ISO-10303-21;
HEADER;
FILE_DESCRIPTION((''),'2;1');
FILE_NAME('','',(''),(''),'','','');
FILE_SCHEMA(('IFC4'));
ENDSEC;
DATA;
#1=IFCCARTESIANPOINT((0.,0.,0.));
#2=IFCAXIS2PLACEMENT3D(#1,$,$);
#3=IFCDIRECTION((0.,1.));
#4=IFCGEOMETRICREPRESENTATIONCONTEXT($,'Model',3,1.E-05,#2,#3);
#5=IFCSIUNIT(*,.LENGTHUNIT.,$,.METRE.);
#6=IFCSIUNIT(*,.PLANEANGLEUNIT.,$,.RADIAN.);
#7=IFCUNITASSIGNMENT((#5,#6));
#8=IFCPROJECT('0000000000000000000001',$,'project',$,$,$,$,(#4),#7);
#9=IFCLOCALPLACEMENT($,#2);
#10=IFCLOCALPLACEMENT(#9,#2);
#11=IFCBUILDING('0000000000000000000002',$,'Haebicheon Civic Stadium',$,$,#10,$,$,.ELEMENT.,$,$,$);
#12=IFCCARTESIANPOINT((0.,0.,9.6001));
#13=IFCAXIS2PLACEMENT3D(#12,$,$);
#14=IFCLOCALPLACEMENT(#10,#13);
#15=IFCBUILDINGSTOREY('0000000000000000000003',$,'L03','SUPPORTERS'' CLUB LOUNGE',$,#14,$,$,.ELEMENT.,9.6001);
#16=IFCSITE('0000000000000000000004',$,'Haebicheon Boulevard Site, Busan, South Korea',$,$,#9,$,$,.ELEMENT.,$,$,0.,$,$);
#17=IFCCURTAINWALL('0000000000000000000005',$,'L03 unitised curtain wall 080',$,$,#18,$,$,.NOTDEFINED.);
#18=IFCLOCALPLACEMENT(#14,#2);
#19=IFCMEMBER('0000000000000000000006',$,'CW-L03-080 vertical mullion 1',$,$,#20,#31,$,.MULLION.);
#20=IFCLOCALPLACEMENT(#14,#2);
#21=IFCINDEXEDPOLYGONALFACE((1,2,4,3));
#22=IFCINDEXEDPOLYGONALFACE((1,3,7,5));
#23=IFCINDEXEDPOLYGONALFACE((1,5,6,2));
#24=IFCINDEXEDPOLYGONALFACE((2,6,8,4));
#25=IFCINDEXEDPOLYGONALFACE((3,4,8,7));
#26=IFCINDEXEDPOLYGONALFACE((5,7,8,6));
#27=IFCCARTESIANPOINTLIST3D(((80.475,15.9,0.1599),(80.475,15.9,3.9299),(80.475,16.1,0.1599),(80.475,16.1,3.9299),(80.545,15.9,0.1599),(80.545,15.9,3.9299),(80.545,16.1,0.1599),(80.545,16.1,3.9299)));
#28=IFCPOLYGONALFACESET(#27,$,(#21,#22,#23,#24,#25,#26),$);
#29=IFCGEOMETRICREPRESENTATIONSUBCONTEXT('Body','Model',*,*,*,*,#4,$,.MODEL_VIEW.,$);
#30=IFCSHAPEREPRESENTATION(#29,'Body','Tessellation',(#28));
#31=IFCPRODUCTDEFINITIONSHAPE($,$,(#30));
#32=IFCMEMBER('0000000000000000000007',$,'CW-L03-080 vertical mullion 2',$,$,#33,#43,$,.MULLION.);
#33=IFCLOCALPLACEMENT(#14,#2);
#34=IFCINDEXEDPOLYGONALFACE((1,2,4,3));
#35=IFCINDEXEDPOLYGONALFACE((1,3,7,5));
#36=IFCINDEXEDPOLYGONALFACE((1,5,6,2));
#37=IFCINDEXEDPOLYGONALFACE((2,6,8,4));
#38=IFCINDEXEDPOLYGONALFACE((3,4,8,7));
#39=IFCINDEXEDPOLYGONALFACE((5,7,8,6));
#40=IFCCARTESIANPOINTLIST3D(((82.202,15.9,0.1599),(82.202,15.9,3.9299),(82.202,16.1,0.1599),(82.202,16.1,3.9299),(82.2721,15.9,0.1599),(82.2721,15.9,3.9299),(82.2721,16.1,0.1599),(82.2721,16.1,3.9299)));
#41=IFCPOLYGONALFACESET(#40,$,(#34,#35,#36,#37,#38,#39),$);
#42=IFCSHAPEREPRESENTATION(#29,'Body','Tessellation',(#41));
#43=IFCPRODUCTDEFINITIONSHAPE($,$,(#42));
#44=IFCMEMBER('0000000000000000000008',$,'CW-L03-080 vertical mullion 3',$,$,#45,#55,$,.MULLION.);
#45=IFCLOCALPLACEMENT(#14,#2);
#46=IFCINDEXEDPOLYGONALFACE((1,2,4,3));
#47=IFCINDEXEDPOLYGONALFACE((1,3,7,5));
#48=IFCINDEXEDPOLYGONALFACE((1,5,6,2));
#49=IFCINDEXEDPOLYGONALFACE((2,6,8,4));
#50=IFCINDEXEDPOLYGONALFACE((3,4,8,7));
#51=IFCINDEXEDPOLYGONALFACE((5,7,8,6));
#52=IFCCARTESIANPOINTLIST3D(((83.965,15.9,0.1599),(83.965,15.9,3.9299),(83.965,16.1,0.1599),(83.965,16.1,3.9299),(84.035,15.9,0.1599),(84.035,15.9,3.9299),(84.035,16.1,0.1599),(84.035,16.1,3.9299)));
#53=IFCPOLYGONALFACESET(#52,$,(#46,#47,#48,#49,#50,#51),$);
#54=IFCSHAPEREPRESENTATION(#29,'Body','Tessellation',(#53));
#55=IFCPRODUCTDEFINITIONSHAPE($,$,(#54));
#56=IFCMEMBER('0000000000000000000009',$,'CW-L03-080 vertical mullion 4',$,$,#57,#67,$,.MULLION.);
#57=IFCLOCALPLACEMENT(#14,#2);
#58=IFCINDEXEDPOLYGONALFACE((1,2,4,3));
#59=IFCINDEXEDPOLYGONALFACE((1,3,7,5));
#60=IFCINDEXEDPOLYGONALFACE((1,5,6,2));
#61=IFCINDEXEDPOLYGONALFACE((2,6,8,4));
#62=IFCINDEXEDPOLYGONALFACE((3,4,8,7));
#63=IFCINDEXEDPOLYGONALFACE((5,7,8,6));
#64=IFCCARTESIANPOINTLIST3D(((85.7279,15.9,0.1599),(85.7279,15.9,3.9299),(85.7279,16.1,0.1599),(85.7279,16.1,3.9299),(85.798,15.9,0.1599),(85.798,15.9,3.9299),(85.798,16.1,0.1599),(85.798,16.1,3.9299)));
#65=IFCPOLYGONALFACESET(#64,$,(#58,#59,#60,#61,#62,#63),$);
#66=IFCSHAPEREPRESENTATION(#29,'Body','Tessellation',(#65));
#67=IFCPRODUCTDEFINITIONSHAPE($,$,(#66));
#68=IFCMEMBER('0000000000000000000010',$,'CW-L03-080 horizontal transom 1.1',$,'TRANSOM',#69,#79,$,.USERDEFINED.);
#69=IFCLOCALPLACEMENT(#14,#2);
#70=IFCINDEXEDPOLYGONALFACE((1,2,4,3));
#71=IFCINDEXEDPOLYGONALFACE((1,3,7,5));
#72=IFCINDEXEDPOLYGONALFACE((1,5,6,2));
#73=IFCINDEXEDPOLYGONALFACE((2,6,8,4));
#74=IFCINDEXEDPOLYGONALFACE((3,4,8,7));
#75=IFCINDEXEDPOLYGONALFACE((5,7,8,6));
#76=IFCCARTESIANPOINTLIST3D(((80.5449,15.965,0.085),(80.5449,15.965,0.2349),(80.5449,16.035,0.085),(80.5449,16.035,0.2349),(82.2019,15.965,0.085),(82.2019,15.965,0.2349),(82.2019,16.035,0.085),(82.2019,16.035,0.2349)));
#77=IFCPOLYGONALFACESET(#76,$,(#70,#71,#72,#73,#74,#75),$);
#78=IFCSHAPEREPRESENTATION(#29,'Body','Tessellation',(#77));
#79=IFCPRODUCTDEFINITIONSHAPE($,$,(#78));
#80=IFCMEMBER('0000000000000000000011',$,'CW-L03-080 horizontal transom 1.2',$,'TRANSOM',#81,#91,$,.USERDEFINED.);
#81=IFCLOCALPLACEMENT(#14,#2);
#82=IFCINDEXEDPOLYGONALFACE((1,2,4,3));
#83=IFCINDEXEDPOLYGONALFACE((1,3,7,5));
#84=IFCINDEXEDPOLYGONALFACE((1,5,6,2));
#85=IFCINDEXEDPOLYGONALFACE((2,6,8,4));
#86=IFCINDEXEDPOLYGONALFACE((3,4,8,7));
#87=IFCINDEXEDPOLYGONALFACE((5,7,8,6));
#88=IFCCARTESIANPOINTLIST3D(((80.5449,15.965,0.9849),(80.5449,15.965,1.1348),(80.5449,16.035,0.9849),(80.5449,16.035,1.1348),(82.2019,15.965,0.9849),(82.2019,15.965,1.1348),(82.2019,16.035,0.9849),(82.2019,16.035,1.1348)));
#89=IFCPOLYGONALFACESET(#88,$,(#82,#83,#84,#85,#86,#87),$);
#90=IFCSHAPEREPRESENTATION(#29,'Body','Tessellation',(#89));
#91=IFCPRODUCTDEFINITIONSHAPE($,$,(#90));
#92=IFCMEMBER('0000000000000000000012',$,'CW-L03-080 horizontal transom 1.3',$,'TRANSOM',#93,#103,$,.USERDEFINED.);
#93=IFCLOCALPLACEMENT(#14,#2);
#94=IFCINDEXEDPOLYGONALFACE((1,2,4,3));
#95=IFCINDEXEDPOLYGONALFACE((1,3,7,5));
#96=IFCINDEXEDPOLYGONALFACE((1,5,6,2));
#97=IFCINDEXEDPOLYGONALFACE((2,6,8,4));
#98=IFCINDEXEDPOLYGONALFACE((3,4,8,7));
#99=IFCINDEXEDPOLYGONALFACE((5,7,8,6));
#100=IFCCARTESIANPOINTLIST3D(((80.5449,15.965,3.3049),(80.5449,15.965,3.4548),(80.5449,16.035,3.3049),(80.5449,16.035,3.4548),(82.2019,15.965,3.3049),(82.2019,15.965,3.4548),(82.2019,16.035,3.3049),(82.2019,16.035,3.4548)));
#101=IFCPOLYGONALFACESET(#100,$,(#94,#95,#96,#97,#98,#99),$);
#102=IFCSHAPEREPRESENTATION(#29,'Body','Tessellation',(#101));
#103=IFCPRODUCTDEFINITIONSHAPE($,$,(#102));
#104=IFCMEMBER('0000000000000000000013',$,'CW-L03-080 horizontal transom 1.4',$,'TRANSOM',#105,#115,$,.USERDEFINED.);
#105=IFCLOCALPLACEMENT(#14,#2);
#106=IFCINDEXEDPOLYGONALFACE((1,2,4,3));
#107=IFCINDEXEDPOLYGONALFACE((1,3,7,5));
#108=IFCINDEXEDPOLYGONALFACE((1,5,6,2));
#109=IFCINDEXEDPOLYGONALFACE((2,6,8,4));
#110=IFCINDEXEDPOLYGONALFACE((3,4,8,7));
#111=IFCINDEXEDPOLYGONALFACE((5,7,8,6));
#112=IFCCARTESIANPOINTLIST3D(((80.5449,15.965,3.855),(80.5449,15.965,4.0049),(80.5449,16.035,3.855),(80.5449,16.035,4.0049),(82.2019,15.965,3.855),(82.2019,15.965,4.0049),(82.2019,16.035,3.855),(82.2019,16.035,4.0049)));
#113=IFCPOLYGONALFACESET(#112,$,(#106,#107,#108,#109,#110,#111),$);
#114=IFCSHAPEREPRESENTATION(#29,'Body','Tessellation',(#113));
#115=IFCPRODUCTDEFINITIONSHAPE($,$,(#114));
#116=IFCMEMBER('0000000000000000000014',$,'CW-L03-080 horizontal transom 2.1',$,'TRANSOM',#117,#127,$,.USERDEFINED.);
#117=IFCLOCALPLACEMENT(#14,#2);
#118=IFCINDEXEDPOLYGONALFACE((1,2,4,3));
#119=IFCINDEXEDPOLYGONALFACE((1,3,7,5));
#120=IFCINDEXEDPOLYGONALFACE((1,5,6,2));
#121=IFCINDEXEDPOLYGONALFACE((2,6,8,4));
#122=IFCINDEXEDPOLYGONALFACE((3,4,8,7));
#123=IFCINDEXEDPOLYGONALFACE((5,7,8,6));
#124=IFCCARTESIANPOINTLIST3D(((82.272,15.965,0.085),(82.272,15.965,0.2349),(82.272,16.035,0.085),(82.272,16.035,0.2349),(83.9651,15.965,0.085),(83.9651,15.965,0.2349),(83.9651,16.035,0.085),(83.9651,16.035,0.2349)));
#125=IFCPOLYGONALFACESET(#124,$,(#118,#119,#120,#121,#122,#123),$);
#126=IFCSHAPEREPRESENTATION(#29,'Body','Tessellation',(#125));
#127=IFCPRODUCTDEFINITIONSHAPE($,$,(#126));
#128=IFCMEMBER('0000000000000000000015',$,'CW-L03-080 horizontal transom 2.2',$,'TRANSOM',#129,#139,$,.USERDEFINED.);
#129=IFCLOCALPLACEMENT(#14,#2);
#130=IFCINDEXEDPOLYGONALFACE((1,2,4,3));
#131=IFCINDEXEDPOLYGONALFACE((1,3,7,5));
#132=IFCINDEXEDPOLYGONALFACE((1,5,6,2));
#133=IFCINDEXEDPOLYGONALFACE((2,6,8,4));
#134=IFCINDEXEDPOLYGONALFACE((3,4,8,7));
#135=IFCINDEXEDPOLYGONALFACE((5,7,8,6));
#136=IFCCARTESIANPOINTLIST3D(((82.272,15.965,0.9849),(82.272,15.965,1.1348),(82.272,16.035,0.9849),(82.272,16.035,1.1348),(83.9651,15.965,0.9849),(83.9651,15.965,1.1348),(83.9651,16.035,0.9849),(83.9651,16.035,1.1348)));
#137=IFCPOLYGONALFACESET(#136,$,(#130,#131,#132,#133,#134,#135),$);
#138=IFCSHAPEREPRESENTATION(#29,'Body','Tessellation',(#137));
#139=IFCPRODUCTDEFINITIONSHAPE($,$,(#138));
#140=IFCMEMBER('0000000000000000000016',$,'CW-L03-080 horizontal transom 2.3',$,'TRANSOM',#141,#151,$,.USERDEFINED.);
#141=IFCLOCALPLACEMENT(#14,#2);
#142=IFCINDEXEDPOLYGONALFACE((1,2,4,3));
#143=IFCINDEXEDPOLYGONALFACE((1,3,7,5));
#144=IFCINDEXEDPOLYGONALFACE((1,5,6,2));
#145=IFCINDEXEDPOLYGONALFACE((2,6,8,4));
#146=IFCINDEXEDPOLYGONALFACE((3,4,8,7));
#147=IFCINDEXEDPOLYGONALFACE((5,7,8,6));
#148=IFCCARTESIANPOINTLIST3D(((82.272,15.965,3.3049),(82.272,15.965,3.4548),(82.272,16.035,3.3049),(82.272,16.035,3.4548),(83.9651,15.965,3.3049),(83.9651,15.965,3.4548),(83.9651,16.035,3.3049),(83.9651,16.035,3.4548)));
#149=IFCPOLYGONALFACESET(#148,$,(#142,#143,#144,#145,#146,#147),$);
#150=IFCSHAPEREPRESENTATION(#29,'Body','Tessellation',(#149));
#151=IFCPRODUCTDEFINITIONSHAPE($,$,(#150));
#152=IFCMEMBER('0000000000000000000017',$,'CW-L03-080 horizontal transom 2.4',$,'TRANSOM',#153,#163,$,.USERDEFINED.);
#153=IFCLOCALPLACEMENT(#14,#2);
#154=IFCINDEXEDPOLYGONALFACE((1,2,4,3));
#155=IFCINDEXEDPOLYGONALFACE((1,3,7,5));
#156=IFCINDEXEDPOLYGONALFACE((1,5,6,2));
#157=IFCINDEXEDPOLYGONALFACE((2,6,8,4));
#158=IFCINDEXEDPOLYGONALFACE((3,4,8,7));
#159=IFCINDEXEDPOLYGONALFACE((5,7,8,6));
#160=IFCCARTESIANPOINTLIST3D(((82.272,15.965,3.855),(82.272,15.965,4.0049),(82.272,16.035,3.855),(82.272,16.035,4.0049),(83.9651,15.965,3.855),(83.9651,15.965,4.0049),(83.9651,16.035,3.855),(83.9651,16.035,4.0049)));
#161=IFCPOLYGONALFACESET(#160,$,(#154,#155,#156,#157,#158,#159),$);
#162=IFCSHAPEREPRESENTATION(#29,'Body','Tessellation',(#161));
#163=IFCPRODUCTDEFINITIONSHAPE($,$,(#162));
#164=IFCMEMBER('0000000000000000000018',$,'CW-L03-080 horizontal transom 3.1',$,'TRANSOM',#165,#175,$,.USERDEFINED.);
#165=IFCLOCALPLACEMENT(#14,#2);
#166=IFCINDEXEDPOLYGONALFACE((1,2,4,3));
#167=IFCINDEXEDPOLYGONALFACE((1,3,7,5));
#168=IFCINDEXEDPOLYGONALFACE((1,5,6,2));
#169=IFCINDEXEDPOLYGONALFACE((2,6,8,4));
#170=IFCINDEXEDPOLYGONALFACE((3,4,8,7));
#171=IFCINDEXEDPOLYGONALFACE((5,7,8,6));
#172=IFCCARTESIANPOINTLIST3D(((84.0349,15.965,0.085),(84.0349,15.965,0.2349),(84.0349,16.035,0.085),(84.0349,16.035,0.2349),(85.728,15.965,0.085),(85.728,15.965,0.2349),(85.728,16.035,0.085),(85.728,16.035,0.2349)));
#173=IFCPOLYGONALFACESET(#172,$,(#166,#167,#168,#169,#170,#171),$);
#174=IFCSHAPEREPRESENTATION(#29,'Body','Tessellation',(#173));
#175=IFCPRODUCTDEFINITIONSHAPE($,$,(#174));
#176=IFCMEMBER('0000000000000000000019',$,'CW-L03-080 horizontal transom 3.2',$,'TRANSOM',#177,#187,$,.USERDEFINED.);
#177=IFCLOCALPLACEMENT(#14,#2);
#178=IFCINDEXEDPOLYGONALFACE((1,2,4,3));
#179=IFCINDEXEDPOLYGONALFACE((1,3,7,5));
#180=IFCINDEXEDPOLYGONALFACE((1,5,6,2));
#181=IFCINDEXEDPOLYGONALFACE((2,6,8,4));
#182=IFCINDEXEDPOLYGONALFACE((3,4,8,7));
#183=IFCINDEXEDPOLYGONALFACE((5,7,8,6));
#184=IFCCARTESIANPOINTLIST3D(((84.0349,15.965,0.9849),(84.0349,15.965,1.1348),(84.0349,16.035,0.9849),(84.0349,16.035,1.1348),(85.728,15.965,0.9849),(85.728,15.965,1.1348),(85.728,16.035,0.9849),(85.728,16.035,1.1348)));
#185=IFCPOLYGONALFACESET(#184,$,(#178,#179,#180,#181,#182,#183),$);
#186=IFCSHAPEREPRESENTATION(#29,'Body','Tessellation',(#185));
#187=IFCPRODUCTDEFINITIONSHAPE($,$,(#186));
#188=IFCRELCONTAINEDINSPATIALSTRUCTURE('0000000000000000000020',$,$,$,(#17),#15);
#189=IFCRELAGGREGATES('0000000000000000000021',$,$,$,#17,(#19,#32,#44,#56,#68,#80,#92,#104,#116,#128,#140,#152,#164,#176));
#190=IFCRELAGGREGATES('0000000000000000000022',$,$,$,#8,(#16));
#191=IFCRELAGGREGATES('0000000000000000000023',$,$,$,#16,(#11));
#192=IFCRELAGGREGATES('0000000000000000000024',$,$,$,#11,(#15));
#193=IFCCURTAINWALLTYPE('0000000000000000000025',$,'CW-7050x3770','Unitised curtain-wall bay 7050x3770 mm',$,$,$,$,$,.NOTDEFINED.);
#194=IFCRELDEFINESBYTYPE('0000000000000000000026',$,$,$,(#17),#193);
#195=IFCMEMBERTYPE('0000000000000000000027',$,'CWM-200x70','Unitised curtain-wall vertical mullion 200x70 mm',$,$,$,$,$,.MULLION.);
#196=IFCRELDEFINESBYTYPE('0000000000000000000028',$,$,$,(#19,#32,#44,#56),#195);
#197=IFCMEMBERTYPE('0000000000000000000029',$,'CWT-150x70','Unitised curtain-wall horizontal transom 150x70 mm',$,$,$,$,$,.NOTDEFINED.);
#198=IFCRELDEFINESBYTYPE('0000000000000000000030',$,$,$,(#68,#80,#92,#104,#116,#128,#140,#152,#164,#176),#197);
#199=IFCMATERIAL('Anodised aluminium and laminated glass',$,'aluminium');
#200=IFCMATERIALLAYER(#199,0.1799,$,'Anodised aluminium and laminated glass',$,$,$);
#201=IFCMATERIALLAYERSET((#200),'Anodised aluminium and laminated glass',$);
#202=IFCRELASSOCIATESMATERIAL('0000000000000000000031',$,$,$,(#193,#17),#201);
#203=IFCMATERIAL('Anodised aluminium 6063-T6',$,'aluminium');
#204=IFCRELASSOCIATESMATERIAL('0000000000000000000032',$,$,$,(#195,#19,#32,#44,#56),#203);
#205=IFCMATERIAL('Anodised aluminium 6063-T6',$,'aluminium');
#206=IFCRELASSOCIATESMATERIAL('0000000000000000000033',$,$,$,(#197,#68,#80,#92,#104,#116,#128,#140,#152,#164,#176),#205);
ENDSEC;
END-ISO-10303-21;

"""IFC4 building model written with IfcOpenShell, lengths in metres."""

from ifc_helpers import new_model, si_unit, direction, frame, origin, origin_2d, place, context, subcontext, project, spatial, rectangle, extrude, material, layer, layer_set, material_profile, profile_set, type_object, element, aggregate, save


model = new_model("IFC4")

# Units and contexts
model_context = context("Model", 3, precision=1e-05, world=origin(), true_north=direction((0.0, 1.0)))
body_context = subcontext(model_context, "Body", "Model", "MODEL_VIEW")
ifc_project = project(units=[si_unit("LENGTHUNIT", "METRE"), si_unit("PLANEANGLEUNIT", "RADIAN")], contexts=[model_context])

# Site, building, storey
site_placement = place(None, origin())
site = spatial("IfcSite", under=ifc_project, at=site_placement, Name="Haebicheon Boulevard Site, Busan, South Korea", CompositionType="ELEMENT", RefElevation=0.0)
building_placement = place(site_placement, origin())
building = spatial("IfcBuilding", under=site, at=building_placement, Name="Haebicheon Civic Stadium", CompositionType="ELEMENT")
storey_placement = place(building_placement, frame((0.0, 0.0, 9.6001)))
storey = spatial("IfcBuildingStorey", under=building, at=storey_placement, Name="L03", Description="SUPPORTERS' CLUB LOUNGE", CompositionType="ELEMENT", Elevation=9.6001)

# Curtain wall, members
ifc_material_1 = material(Name="Anodised aluminium and laminated glass", Category="aluminium")
ifc_layer_1 = layer(ifc_material_1, 0.1799, Name="Anodised aluminium and laminated glass")
ifc_layer_set_1 = layer_set([ifc_layer_1], Name="Anodised aluminium and laminated glass")
curtain_wall_type = type_object("IfcCurtainWallType", Name="CW-7050x3770", Description="Unitised curtain-wall bay 7050x3770 mm", PredefinedType="NOTDEFINED", material=ifc_layer_set_1)
curtain_wall_placement = place(storey_placement, origin())
curtain_wall = element("IfcCurtainWall", 1, at=curtain_wall_placement, inside=storey, type_object=curtain_wall_type, material=ifc_layer_set_1, Name="L03 unitised curtain wall 080", PredefinedType="NOTDEFINED")
ifc_material_2 = material(Name="Anodised aluminium 6063-T6", Category="aluminium")
ifc_material_profile_1 = material_profile(ifc_material_2, rectangle(XDim=0.0701, YDim=0.2, at=origin_2d()), Name="ALU-MULL-70x200")
ifc_profile_set_1 = profile_set([ifc_material_profile_1], Name="Anodised aluminium 6063-T6")
member_type_1 = type_object("IfcMemberType", Name="CWM-200x70", Description="Unitised curtain-wall vertical mullion 200x70 mm", PredefinedType="MULLION", material=ifc_profile_set_1)
member_1_placement = place(storey_placement, frame((80.51, 16.0, 0.1599), z_axis=(0.0, 0.0, 1.0), x_axis=(1.0, 0.0, 0.0)))
member_1 = element("IfcMember", 2, at=member_1_placement, type_object=member_type_1, material=ifc_profile_set_1, Name="CW-L03-080 vertical mullion 1", PredefinedType="MULLION", context=body_context, shape_type="SweptSolid", body=[
    extrude(rectangle(XDim=0.0701, YDim=0.2, at=origin_2d()), origin(), (0.0, 0.0, 1.0), 3.77),
])
member_2_placement = place(storey_placement, frame((82.2371, 16.0, 0.1599), z_axis=(0.0, 0.0, 1.0), x_axis=(1.0, 0.0, 0.0)))
member_2 = element("IfcMember", 3, at=member_2_placement, type_object=member_type_1, material=ifc_profile_set_1, Name="CW-L03-080 vertical mullion 2", PredefinedType="MULLION", context=body_context, shape_type="SweptSolid", body=[
    extrude(rectangle(XDim=0.0701, YDim=0.2, at=origin_2d()), origin(), (0.0, 0.0, 1.0), 3.77),
])
member_3_placement = place(storey_placement, frame((84.0, 16.0, 0.1599), z_axis=(0.0, 0.0, 1.0), x_axis=(1.0, 0.0, 0.0)))
member_3 = element("IfcMember", 4, at=member_3_placement, type_object=member_type_1, material=ifc_profile_set_1, Name="CW-L03-080 vertical mullion 3", PredefinedType="MULLION", context=body_context, shape_type="SweptSolid", body=[
    extrude(rectangle(XDim=0.0701, YDim=0.2, at=origin_2d()), origin(), (0.0, 0.0, 1.0), 3.77),
])
member_4_placement = place(storey_placement, frame((85.7629, 16.0, 0.1599), z_axis=(0.0, 0.0, 1.0), x_axis=(1.0, 0.0, 0.0)))
member_4 = element("IfcMember", 5, at=member_4_placement, type_object=member_type_1, material=ifc_profile_set_1, Name="CW-L03-080 vertical mullion 4", PredefinedType="MULLION", context=body_context, shape_type="SweptSolid", body=[
    extrude(rectangle(XDim=0.0701, YDim=0.2, at=origin_2d()), origin(), (0.0, 0.0, 1.0), 3.77),
])
ifc_material_3 = material(Name="Anodised aluminium 6063-T6", Category="aluminium")
ifc_material_profile_2 = material_profile(ifc_material_3, rectangle(XDim=0.0701, YDim=0.1499, at=origin_2d()), Name="ALU-TRAN-70x150")
ifc_profile_set_2 = profile_set([ifc_material_profile_2], Name="Anodised aluminium 6063-T6")
member_type_2 = type_object("IfcMemberType", Name="CWT-150x70", Description="Unitised curtain-wall horizontal transom 150x70 mm", PredefinedType="NOTDEFINED", material=ifc_profile_set_2)
member_5_placement = place(storey_placement, frame((80.5449, 16.0, 0.1599), z_axis=(1.0, 0.0, 0.0), x_axis=(0.0, 1.0, 0.0)))
member_5 = element("IfcMember", 6, at=member_5_placement, type_object=member_type_2, material=ifc_profile_set_2, Name="CW-L03-080 horizontal transom 1.1", ObjectType="TRANSOM", PredefinedType="USERDEFINED", context=body_context, shape_type="SweptSolid", body=[
    extrude(rectangle(XDim=0.0701, YDim=0.1499, at=origin_2d()), origin(), (0.0, 0.0, 1.0), 1.657),
])
member_6_placement = place(storey_placement, frame((80.5449, 16.0, 1.0598), z_axis=(1.0, 0.0, 0.0), x_axis=(0.0, 1.0, 0.0)))
member_6 = element("IfcMember", 7, at=member_6_placement, type_object=member_type_2, material=ifc_profile_set_2, Name="CW-L03-080 horizontal transom 1.2", ObjectType="TRANSOM", PredefinedType="USERDEFINED", context=body_context, shape_type="SweptSolid", body=[
    extrude(rectangle(XDim=0.0701, YDim=0.1499, at=origin_2d()), origin(), (0.0, 0.0, 1.0), 1.657),
])
member_7_placement = place(storey_placement, frame((80.5449, 16.0, 3.3799), z_axis=(1.0, 0.0, 0.0), x_axis=(0.0, 1.0, 0.0)))
member_7 = element("IfcMember", 8, at=member_7_placement, type_object=member_type_2, material=ifc_profile_set_2, Name="CW-L03-080 horizontal transom 1.3", ObjectType="TRANSOM", PredefinedType="USERDEFINED", context=body_context, shape_type="SweptSolid", body=[
    extrude(rectangle(XDim=0.0701, YDim=0.1499, at=origin_2d()), origin(), (0.0, 0.0, 1.0), 1.657),
])
member_8_placement = place(storey_placement, frame((80.5449, 16.0, 3.9299), z_axis=(1.0, 0.0, 0.0), x_axis=(0.0, 1.0, 0.0)))
member_8 = element("IfcMember", 9, at=member_8_placement, type_object=member_type_2, material=ifc_profile_set_2, Name="CW-L03-080 horizontal transom 1.4", ObjectType="TRANSOM", PredefinedType="USERDEFINED", context=body_context, shape_type="SweptSolid", body=[
    extrude(rectangle(XDim=0.0701, YDim=0.1499, at=origin_2d()), origin(), (0.0, 0.0, 1.0), 1.657),
])
member_9_placement = place(storey_placement, frame((82.272, 16.0, 0.1599), z_axis=(1.0, 0.0, 0.0), x_axis=(0.0, 1.0, 0.0)))
member_9 = element("IfcMember", 10, at=member_9_placement, type_object=member_type_2, material=ifc_profile_set_2, Name="CW-L03-080 horizontal transom 2.1", ObjectType="TRANSOM", PredefinedType="USERDEFINED", context=body_context, shape_type="SweptSolid", body=[
    extrude(rectangle(XDim=0.0701, YDim=0.1499, at=origin_2d()), origin(), (0.0, 0.0, 1.0), 1.6931),
])
member_10_placement = place(storey_placement, frame((82.272, 16.0, 1.0598), z_axis=(1.0, 0.0, 0.0), x_axis=(0.0, 1.0, 0.0)))
member_10 = element("IfcMember", 11, at=member_10_placement, type_object=member_type_2, material=ifc_profile_set_2, Name="CW-L03-080 horizontal transom 2.2", ObjectType="TRANSOM", PredefinedType="USERDEFINED", context=body_context, shape_type="SweptSolid", body=[
    extrude(rectangle(XDim=0.0701, YDim=0.1499, at=origin_2d()), origin(), (0.0, 0.0, 1.0), 1.6931),
])
member_11_placement = place(storey_placement, frame((82.272, 16.0, 3.3799), z_axis=(1.0, 0.0, 0.0), x_axis=(0.0, 1.0, 0.0)))
member_11 = element("IfcMember", 12, at=member_11_placement, type_object=member_type_2, material=ifc_profile_set_2, Name="CW-L03-080 horizontal transom 2.3", ObjectType="TRANSOM", PredefinedType="USERDEFINED", context=body_context, shape_type="SweptSolid", body=[
    extrude(rectangle(XDim=0.0701, YDim=0.1499, at=origin_2d()), origin(), (0.0, 0.0, 1.0), 1.6931),
])
member_12_placement = place(storey_placement, frame((82.272, 16.0, 3.9299), z_axis=(1.0, 0.0, 0.0), x_axis=(0.0, 1.0, 0.0)))
member_12 = element("IfcMember", 13, at=member_12_placement, type_object=member_type_2, material=ifc_profile_set_2, Name="CW-L03-080 horizontal transom 2.4", ObjectType="TRANSOM", PredefinedType="USERDEFINED", context=body_context, shape_type="SweptSolid", body=[
    extrude(rectangle(XDim=0.0701, YDim=0.1499, at=origin_2d()), origin(), (0.0, 0.0, 1.0), 1.6931),
])
member_13_placement = place(storey_placement, frame((84.0349, 16.0, 0.1599), z_axis=(1.0, 0.0, 0.0), x_axis=(0.0, 1.0, 0.0)))
member_13 = element("IfcMember", 14, at=member_13_placement, type_object=member_type_2, material=ifc_profile_set_2, Name="CW-L03-080 horizontal transom 3.1", ObjectType="TRANSOM", PredefinedType="USERDEFINED", context=body_context, shape_type="SweptSolid", body=[
    extrude(rectangle(XDim=0.0701, YDim=0.1499, at=origin_2d()), origin(), (0.0, 0.0, 1.0), 1.6931),
])
member_14_placement = place(storey_placement, frame((84.0349, 16.0, 1.0598), z_axis=(1.0, 0.0, 0.0), x_axis=(0.0, 1.0, 0.0)))
member_14 = element("IfcMember", 15, at=member_14_placement, type_object=member_type_2, material=ifc_profile_set_2, Name="CW-L03-080 horizontal transom 3.2", ObjectType="TRANSOM", PredefinedType="USERDEFINED", context=body_context, shape_type="SweptSolid", body=[
    extrude(rectangle(XDim=0.0701, YDim=0.1499, at=origin_2d()), origin(), (0.0, 0.0, 1.0), 1.6931),
])
aggregate(curtain_wall, [member_1, member_2, member_3, member_4, member_5, member_6, member_7, member_8, member_9, member_10, member_11, member_12, member_13, member_14])

save(model, "model.ifc")
